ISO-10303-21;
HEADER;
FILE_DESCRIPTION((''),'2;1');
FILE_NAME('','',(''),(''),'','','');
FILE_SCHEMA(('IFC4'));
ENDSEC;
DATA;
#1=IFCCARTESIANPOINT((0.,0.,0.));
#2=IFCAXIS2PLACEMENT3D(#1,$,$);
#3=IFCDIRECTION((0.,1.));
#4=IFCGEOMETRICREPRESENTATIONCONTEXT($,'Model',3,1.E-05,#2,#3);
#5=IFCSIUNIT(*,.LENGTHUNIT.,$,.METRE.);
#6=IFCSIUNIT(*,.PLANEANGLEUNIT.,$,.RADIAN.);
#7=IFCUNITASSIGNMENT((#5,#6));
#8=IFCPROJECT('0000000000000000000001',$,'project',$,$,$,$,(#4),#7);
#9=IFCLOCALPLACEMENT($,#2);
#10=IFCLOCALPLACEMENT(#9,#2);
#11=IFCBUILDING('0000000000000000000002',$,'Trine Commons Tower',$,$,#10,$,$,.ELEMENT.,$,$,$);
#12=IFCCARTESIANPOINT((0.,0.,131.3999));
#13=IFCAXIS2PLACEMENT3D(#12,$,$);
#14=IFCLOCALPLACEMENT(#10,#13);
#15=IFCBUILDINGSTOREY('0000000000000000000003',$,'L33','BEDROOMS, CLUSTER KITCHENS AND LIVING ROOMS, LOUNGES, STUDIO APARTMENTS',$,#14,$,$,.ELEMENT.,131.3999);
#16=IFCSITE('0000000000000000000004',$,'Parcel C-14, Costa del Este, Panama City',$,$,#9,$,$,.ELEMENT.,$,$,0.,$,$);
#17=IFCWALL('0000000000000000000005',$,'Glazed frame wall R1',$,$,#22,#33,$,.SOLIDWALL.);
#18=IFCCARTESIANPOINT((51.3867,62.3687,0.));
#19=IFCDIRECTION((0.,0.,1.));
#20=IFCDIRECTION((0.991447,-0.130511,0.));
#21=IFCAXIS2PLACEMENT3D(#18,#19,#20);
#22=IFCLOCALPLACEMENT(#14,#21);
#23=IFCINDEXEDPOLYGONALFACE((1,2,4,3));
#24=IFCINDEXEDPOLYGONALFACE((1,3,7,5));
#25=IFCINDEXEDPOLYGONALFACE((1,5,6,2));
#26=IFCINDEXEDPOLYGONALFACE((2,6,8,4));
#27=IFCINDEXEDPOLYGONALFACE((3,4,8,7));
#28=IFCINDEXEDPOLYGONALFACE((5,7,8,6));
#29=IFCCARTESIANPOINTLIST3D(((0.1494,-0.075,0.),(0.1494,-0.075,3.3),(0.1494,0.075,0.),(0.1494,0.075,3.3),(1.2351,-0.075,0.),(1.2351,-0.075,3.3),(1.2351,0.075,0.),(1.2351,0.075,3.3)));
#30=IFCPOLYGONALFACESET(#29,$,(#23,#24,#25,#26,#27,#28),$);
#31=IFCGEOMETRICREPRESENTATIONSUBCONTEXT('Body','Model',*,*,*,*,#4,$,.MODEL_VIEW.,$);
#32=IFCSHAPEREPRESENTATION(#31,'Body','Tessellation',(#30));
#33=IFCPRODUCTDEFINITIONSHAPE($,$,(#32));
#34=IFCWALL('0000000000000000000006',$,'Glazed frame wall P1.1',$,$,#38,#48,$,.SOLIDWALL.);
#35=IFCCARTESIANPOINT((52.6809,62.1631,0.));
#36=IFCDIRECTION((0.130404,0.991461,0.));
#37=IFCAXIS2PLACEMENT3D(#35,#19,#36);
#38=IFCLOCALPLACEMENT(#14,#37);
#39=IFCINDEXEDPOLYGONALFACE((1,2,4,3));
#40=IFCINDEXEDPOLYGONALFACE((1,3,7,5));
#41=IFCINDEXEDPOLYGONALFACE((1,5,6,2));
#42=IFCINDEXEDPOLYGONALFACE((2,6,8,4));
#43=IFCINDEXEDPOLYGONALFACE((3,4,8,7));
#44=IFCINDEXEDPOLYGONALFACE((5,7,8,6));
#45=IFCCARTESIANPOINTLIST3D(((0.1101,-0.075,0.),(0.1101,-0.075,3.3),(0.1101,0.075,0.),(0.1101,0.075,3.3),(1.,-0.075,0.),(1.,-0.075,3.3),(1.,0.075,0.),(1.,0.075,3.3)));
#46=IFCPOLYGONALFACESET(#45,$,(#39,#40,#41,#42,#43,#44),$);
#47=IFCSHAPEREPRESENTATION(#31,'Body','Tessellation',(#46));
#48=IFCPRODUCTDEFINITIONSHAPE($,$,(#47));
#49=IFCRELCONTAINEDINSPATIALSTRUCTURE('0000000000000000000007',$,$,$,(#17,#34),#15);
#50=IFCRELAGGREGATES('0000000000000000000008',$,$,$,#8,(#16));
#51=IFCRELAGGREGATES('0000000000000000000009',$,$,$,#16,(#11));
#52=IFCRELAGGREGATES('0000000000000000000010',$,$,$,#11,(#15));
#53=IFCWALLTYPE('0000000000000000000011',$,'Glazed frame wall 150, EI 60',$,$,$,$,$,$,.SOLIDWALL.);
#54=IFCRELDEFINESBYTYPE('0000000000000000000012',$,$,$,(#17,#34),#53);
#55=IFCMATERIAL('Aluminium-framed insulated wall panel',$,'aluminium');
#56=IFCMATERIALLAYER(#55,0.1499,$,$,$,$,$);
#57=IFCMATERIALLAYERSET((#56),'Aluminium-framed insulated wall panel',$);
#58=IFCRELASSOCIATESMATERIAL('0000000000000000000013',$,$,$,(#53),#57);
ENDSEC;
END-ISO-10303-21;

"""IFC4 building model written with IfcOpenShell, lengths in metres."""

from ifc_helpers import new_model, si_unit, direction, frame, origin, place, context, subcontext, project, spatial, polyline, outline, extrude, material, layer, layer_set, type_object, element, save


model = new_model("IFC4")

# Units and contexts
model_context = context("Model", 3, precision=1e-05, world=origin(), true_north=direction((0.0, 1.0)))
body_context = subcontext(model_context, "Body", "Model", "MODEL_VIEW")
ifc_project = project(units=[si_unit("LENGTHUNIT", "METRE"), si_unit("PLANEANGLEUNIT", "RADIAN")], contexts=[model_context])

# Site, building, storey
site_placement = place(None, origin())
site = spatial("IfcSite", under=ifc_project, at=site_placement, Name="Parcel C-14, Costa del Este, Panama City", CompositionType="ELEMENT", RefElevation=0.0)
building_placement = place(site_placement, origin())
building = spatial("IfcBuilding", under=site, at=building_placement, Name="Trine Commons Tower", CompositionType="ELEMENT")
storey_placement = place(building_placement, frame((0.0, 0.0, 131.3999)))
storey = spatial("IfcBuildingStorey", under=building, at=storey_placement, Name="L33", Description="BEDROOMS, CLUSTER KITCHENS AND LIVING ROOMS, LOUNGES, STUDIO APARTMENTS", CompositionType="ELEMENT", Elevation=131.3999)

# Walls
ifc_material_1 = material(Name="Aluminium-framed insulated wall panel", Category="aluminium")
ifc_layer_1 = layer(ifc_material_1, 0.1499)
ifc_layer_set_1 = layer_set([ifc_layer_1], Name="Aluminium-framed insulated wall panel")
wall_type_1 = type_object("IfcWallType", Name="Glazed frame wall 150, EI 60", PredefinedType="SOLIDWALL", material=ifc_layer_set_1)
wall_1_placement = place(storey_placement, frame((51.3867, 62.3687, 0.0), z_axis=(0.0, 0.0, 1.0), x_axis=(0.991447, -0.130511, 0.0)))
element("IfcWall", 1, at=wall_1_placement, inside=storey, type_object=wall_type_1, Name="Glazed frame wall R1", PredefinedType="SOLIDWALL", context=body_context, shape_type="SweptSolid", body=[
    extrude(outline(polyline([(0.1494, 0.075), (0.1494, -0.075), (1.2351, -0.075), (1.2351, 0.075), (0.1494, 0.075)])), origin(), (0.0, 0.0, 1.0), 3.3),
])
wall_2_placement = place(storey_placement, frame((52.6809, 62.1631, 0.0), z_axis=(0.0, 0.0, 1.0), x_axis=(0.130404, 0.991461, 0.0)))
element("IfcWall", 2, at=wall_2_placement, inside=storey, type_object=wall_type_1, Name="Glazed frame wall P1.1", PredefinedType="SOLIDWALL", context=body_context, shape_type="SweptSolid", body=[
    extrude(outline(polyline([(0.1101, -0.075), (1.0, -0.075), (1.0, 0.075), (0.1101, 0.075), (0.1101, -0.075)])), origin(), (0.0, 0.0, 1.0), 3.3),
])

save(model, "model.ifc")
